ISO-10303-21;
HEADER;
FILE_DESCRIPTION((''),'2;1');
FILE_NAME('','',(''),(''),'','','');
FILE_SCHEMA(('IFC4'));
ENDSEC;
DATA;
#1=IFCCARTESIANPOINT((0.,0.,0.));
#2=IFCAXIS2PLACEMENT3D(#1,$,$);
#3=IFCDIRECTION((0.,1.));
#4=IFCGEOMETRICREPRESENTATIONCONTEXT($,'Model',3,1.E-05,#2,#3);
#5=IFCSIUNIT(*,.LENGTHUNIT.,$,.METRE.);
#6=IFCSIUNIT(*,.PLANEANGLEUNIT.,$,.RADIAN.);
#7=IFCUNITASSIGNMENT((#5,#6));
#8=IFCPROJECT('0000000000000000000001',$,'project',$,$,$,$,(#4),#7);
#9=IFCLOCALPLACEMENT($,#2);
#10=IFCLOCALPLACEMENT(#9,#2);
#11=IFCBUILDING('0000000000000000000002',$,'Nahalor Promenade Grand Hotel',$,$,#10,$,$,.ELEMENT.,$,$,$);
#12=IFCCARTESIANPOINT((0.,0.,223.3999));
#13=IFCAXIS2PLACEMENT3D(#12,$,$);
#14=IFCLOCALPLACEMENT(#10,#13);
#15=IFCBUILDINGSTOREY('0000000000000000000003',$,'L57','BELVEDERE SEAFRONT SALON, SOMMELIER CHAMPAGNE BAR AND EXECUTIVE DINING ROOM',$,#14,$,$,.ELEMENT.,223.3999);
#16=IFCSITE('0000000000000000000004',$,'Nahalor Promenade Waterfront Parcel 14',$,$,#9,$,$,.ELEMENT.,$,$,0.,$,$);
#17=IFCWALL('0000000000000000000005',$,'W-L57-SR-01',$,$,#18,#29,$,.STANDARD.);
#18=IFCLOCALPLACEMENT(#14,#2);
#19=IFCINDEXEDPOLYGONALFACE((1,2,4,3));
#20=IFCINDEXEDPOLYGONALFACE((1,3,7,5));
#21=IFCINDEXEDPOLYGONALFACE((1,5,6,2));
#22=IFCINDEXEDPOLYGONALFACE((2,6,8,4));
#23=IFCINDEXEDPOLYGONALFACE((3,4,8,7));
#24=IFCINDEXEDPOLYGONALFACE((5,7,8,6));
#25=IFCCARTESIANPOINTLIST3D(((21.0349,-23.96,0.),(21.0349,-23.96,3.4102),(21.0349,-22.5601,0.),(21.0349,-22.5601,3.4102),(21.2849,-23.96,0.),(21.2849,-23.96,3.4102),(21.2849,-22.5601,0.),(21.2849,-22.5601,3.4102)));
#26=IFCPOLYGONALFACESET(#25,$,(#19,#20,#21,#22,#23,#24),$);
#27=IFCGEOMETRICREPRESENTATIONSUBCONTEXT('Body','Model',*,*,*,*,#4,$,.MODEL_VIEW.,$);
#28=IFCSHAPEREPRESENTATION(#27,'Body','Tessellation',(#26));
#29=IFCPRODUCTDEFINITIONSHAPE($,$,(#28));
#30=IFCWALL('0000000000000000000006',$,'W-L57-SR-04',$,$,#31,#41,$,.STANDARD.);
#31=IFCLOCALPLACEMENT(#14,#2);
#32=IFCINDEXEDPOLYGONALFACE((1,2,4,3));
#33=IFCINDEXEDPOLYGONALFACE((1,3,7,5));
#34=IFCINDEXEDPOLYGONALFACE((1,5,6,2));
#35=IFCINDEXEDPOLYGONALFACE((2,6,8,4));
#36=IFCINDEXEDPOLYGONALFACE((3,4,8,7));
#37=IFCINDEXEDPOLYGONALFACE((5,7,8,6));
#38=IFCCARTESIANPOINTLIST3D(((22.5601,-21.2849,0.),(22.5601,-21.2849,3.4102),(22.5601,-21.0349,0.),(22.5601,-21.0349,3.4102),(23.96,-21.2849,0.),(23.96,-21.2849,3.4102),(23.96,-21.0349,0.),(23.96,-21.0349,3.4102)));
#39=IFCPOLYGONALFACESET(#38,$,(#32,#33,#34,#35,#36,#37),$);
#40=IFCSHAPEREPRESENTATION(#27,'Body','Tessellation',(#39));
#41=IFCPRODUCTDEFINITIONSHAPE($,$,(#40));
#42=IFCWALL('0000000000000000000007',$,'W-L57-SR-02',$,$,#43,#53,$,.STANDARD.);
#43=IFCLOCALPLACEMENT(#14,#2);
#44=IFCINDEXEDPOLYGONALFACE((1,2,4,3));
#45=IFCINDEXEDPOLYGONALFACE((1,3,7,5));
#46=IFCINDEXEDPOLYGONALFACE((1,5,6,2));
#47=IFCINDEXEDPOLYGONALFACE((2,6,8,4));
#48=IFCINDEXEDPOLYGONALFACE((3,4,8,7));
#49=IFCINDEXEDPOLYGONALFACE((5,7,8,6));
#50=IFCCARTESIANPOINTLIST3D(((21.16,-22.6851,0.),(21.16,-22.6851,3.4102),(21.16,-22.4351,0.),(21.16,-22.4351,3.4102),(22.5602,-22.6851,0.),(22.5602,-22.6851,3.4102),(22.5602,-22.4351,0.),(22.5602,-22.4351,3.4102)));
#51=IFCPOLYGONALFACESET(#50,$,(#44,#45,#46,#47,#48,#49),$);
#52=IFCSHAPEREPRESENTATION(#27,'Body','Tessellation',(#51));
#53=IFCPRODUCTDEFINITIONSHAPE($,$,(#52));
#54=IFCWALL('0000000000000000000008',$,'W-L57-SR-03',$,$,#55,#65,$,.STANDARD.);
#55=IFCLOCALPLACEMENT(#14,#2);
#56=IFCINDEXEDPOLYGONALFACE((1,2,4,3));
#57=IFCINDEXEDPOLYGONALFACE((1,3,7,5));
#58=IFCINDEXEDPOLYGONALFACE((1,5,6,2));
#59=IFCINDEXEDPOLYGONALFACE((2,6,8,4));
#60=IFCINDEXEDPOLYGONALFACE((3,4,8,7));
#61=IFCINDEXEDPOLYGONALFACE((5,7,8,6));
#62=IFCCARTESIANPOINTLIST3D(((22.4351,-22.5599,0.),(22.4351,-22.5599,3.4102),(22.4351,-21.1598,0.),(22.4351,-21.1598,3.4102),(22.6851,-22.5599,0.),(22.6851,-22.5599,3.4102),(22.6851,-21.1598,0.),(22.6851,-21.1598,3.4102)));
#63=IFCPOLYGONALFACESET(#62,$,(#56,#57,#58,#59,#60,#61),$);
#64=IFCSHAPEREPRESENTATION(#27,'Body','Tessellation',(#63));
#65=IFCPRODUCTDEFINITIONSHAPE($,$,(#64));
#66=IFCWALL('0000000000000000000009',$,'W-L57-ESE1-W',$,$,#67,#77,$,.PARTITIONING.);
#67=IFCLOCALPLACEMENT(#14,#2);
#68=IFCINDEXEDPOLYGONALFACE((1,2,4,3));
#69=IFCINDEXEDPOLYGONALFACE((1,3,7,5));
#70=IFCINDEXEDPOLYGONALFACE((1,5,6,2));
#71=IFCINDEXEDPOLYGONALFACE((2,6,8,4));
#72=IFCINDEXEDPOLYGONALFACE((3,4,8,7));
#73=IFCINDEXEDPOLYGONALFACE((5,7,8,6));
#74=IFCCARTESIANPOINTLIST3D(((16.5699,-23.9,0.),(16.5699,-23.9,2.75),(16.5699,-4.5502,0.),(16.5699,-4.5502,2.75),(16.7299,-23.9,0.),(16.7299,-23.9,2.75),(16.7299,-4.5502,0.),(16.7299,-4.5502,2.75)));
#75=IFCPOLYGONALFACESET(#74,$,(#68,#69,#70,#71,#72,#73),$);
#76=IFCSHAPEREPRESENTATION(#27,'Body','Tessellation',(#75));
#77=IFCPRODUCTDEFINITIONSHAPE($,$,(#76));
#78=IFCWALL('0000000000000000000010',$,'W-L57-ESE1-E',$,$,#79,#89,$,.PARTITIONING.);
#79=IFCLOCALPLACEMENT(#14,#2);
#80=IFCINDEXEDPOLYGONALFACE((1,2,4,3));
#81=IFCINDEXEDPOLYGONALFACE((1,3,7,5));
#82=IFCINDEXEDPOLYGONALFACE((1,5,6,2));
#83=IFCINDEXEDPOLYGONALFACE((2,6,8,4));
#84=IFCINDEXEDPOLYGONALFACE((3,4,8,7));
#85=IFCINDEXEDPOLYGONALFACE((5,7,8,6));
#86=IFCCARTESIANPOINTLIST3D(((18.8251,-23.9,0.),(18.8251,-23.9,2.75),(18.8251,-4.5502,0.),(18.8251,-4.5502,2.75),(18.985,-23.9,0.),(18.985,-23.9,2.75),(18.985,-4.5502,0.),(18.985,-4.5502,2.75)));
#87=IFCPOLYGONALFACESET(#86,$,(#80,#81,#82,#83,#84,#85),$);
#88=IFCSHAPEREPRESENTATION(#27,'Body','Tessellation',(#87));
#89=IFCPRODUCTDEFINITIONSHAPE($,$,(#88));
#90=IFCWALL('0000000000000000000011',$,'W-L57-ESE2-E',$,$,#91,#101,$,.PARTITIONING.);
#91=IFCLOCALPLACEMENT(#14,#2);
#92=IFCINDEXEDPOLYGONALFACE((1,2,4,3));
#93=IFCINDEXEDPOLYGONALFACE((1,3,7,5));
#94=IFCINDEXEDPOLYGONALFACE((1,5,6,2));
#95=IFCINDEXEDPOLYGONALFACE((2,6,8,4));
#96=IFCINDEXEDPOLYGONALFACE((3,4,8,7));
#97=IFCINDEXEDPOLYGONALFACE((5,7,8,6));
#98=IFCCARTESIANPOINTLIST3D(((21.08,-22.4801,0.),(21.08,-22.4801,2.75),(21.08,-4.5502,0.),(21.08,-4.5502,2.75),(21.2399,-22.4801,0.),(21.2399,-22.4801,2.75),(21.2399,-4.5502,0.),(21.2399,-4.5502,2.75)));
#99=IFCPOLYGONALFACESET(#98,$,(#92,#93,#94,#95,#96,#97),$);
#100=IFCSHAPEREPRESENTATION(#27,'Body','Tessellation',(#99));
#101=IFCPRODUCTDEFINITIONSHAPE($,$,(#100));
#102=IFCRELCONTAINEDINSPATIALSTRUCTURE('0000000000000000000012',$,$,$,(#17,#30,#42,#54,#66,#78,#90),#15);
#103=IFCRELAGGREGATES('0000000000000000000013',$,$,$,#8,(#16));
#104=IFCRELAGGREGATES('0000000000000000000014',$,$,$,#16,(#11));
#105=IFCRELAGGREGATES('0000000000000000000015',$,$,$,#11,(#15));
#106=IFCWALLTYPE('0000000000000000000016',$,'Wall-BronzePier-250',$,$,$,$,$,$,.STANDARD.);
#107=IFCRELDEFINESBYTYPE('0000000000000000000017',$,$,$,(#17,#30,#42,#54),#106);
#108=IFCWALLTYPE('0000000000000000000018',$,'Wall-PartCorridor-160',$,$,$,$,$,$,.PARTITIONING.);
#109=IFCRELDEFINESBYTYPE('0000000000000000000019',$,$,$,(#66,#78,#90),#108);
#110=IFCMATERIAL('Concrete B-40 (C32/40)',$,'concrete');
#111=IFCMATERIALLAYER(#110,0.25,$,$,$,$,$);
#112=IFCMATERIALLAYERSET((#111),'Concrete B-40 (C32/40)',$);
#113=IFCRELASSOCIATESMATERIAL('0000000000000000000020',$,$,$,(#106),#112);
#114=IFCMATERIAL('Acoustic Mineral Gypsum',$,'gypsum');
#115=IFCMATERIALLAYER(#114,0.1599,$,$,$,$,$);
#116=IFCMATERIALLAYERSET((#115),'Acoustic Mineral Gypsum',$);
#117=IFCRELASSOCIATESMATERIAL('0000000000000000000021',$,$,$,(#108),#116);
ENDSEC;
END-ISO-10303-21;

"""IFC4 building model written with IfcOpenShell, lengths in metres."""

from ifc_helpers import new_model, si_unit, direction, frame, frame_2d, origin, place, context, subcontext, project, spatial, rectangle, extrude, source, transform, mapped, material, layer, layer_set, type_object, element, save


model = new_model("IFC4")

# Units and contexts
model_context = context("Model", 3, precision=1e-05, world=origin(), true_north=direction((0.0, 1.0)))
body_context = subcontext(model_context, "Body", "Model", "MODEL_VIEW")
ifc_project = project(units=[si_unit("LENGTHUNIT", "METRE"), si_unit("PLANEANGLEUNIT", "RADIAN")], contexts=[model_context])

# Site, building, storey
site_placement = place(None, origin())
site = spatial("IfcSite", under=ifc_project, at=site_placement, Name="Nahalor Promenade Waterfront Parcel 14", CompositionType="ELEMENT", RefElevation=0.0)
building_placement = place(site_placement, origin())
building = spatial("IfcBuilding", under=site, at=building_placement, Name="Nahalor Promenade Grand Hotel", CompositionType="ELEMENT")
storey_placement = place(building_placement, frame((0.0, 0.0, 223.3999)))
storey = spatial("IfcBuildingStorey", under=building, at=storey_placement, Name="L57", Description="BELVEDERE SEAFRONT SALON, SOMMELIER CHAMPAGNE BAR AND EXECUTIVE DINING ROOM", CompositionType="ELEMENT", Elevation=223.3999)

# Walls
ifc_material_1 = material(Name="Concrete B-40 (C32/40)", Category="concrete")
ifc_layer_1 = layer(ifc_material_1, 0.25)
ifc_layer_set_1 = layer_set([ifc_layer_1], Name="Concrete B-40 (C32/40)")
wall_type_1 = type_object("IfcWallType", Name="Wall-BronzePier-250", PredefinedType="STANDARD", material=ifc_layer_set_1)
shared_shape_1 = source(origin(), body_context, "Body", "SweptSolid", [
    extrude(rectangle(XDim=1.3999, YDim=0.25, at=frame_2d((0.7, 0.0))), origin(), (0.0, 0.0, 1.0), 3.4102),
])
for number, where, z_axis, x_axis, name in (
    (1, (21.1599, -23.96, 0.0), (0.0, 0.0, 1.0), (0.0, 1.0, 0.0), "W-L57-SR-01"),
    (2, (22.5601, -21.1599, 0.0), (0.0, 0.0, 1.0), (1.0, 0.0, 0.0), "W-L57-SR-04"),
):
    element("IfcWall", number, at=place(storey_placement, frame(where, z_axis=z_axis, x_axis=x_axis)), inside=storey, type_object=wall_type_1, Name=name, PredefinedType="STANDARD", context=body_context, shape_type="MappedRepresentation", body=[
        mapped(shared_shape_1, transform((0.0, 0.0, 0.0), scale=1.0)),
    ])
shared_shape_2 = source(origin(), body_context, "Body", "SweptSolid", [
    extrude(rectangle(XDim=1.4001, YDim=0.25, at=frame_2d((0.7002, 0.0))), origin(), (0.0, 0.0, 1.0), 3.4102),
])
for number, where, z_axis, x_axis, name in (
    (3, (21.1599, -22.5601, 0.0), (0.0, 0.0, 1.0), (1.0, 0.0, 0.0), "W-L57-SR-02"),
    (4, (22.5601, -22.5601, 0.0), (0.0, 0.0, 1.0), (0.0, 1.0, 0.0), "W-L57-SR-03"),
):
    element("IfcWall", number, at=place(storey_placement, frame(where, z_axis=z_axis, x_axis=x_axis)), inside=storey, type_object=wall_type_1, Name=name, PredefinedType="STANDARD", context=body_context, shape_type="MappedRepresentation", body=[
        mapped(shared_shape_2, transform((0.0, 0.0, 0.0), scale=1.0)),
    ])
ifc_material_2 = material(Name="Acoustic Mineral Gypsum", Category="gypsum")
ifc_layer_2 = layer(ifc_material_2, 0.1599)
ifc_layer_set_2 = layer_set([ifc_layer_2], Name="Acoustic Mineral Gypsum")
wall_type_2 = type_object("IfcWallType", Name="Wall-PartCorridor-160", PredefinedType="PARTITIONING", material=ifc_layer_set_2)
shared_shape_3 = source(origin(), body_context, "Body", "SweptSolid", [
    extrude(rectangle(XDim=19.3499, YDim=0.1599, at=frame_2d((9.6748, 0.0))), origin(), (0.0, 0.0, 1.0), 2.75),
])
for number, where, z_axis, x_axis, name in (
    (5, (16.6499, -23.8999, 0.0), (0.0, 0.0, 1.0), (0.0, 1.0, 0.0), "W-L57-ESE1-W"),
    (6, (18.905, -23.8999, 0.0), (0.0, 0.0, 1.0), (0.0, 1.0, 0.0), "W-L57-ESE1-E"),
):
    element("IfcWall", number, at=place(storey_placement, frame(where, z_axis=z_axis, x_axis=x_axis)), inside=storey, type_object=wall_type_2, Name=name, PredefinedType="PARTITIONING", context=body_context, shape_type="MappedRepresentation", body=[
        mapped(shared_shape_3, transform((0.0, 0.0, 0.0), scale=1.0)),
    ])
shared_shape_4 = source(origin(), body_context, "Body", "SweptSolid", [
    extrude(rectangle(XDim=17.9299, YDim=0.1599, at=frame_2d((8.9648, 0.0))), origin(), (0.0, 0.0, 1.0), 2.75),
])
wall_1_placement = place(storey_placement, frame((21.1599, -22.48, 0.0), z_axis=(0.0, 0.0, 1.0), x_axis=(0.0, 1.0, 0.0)))
element("IfcWall", 7, at=wall_1_placement, inside=storey, type_object=wall_type_2, Name="W-L57-ESE2-E", PredefinedType="PARTITIONING", context=body_context, shape_type="MappedRepresentation", body=[
    mapped(shared_shape_4, transform((0.0, 0.0, 0.0), scale=1.0)),
])

save(model, "model.ifc")
